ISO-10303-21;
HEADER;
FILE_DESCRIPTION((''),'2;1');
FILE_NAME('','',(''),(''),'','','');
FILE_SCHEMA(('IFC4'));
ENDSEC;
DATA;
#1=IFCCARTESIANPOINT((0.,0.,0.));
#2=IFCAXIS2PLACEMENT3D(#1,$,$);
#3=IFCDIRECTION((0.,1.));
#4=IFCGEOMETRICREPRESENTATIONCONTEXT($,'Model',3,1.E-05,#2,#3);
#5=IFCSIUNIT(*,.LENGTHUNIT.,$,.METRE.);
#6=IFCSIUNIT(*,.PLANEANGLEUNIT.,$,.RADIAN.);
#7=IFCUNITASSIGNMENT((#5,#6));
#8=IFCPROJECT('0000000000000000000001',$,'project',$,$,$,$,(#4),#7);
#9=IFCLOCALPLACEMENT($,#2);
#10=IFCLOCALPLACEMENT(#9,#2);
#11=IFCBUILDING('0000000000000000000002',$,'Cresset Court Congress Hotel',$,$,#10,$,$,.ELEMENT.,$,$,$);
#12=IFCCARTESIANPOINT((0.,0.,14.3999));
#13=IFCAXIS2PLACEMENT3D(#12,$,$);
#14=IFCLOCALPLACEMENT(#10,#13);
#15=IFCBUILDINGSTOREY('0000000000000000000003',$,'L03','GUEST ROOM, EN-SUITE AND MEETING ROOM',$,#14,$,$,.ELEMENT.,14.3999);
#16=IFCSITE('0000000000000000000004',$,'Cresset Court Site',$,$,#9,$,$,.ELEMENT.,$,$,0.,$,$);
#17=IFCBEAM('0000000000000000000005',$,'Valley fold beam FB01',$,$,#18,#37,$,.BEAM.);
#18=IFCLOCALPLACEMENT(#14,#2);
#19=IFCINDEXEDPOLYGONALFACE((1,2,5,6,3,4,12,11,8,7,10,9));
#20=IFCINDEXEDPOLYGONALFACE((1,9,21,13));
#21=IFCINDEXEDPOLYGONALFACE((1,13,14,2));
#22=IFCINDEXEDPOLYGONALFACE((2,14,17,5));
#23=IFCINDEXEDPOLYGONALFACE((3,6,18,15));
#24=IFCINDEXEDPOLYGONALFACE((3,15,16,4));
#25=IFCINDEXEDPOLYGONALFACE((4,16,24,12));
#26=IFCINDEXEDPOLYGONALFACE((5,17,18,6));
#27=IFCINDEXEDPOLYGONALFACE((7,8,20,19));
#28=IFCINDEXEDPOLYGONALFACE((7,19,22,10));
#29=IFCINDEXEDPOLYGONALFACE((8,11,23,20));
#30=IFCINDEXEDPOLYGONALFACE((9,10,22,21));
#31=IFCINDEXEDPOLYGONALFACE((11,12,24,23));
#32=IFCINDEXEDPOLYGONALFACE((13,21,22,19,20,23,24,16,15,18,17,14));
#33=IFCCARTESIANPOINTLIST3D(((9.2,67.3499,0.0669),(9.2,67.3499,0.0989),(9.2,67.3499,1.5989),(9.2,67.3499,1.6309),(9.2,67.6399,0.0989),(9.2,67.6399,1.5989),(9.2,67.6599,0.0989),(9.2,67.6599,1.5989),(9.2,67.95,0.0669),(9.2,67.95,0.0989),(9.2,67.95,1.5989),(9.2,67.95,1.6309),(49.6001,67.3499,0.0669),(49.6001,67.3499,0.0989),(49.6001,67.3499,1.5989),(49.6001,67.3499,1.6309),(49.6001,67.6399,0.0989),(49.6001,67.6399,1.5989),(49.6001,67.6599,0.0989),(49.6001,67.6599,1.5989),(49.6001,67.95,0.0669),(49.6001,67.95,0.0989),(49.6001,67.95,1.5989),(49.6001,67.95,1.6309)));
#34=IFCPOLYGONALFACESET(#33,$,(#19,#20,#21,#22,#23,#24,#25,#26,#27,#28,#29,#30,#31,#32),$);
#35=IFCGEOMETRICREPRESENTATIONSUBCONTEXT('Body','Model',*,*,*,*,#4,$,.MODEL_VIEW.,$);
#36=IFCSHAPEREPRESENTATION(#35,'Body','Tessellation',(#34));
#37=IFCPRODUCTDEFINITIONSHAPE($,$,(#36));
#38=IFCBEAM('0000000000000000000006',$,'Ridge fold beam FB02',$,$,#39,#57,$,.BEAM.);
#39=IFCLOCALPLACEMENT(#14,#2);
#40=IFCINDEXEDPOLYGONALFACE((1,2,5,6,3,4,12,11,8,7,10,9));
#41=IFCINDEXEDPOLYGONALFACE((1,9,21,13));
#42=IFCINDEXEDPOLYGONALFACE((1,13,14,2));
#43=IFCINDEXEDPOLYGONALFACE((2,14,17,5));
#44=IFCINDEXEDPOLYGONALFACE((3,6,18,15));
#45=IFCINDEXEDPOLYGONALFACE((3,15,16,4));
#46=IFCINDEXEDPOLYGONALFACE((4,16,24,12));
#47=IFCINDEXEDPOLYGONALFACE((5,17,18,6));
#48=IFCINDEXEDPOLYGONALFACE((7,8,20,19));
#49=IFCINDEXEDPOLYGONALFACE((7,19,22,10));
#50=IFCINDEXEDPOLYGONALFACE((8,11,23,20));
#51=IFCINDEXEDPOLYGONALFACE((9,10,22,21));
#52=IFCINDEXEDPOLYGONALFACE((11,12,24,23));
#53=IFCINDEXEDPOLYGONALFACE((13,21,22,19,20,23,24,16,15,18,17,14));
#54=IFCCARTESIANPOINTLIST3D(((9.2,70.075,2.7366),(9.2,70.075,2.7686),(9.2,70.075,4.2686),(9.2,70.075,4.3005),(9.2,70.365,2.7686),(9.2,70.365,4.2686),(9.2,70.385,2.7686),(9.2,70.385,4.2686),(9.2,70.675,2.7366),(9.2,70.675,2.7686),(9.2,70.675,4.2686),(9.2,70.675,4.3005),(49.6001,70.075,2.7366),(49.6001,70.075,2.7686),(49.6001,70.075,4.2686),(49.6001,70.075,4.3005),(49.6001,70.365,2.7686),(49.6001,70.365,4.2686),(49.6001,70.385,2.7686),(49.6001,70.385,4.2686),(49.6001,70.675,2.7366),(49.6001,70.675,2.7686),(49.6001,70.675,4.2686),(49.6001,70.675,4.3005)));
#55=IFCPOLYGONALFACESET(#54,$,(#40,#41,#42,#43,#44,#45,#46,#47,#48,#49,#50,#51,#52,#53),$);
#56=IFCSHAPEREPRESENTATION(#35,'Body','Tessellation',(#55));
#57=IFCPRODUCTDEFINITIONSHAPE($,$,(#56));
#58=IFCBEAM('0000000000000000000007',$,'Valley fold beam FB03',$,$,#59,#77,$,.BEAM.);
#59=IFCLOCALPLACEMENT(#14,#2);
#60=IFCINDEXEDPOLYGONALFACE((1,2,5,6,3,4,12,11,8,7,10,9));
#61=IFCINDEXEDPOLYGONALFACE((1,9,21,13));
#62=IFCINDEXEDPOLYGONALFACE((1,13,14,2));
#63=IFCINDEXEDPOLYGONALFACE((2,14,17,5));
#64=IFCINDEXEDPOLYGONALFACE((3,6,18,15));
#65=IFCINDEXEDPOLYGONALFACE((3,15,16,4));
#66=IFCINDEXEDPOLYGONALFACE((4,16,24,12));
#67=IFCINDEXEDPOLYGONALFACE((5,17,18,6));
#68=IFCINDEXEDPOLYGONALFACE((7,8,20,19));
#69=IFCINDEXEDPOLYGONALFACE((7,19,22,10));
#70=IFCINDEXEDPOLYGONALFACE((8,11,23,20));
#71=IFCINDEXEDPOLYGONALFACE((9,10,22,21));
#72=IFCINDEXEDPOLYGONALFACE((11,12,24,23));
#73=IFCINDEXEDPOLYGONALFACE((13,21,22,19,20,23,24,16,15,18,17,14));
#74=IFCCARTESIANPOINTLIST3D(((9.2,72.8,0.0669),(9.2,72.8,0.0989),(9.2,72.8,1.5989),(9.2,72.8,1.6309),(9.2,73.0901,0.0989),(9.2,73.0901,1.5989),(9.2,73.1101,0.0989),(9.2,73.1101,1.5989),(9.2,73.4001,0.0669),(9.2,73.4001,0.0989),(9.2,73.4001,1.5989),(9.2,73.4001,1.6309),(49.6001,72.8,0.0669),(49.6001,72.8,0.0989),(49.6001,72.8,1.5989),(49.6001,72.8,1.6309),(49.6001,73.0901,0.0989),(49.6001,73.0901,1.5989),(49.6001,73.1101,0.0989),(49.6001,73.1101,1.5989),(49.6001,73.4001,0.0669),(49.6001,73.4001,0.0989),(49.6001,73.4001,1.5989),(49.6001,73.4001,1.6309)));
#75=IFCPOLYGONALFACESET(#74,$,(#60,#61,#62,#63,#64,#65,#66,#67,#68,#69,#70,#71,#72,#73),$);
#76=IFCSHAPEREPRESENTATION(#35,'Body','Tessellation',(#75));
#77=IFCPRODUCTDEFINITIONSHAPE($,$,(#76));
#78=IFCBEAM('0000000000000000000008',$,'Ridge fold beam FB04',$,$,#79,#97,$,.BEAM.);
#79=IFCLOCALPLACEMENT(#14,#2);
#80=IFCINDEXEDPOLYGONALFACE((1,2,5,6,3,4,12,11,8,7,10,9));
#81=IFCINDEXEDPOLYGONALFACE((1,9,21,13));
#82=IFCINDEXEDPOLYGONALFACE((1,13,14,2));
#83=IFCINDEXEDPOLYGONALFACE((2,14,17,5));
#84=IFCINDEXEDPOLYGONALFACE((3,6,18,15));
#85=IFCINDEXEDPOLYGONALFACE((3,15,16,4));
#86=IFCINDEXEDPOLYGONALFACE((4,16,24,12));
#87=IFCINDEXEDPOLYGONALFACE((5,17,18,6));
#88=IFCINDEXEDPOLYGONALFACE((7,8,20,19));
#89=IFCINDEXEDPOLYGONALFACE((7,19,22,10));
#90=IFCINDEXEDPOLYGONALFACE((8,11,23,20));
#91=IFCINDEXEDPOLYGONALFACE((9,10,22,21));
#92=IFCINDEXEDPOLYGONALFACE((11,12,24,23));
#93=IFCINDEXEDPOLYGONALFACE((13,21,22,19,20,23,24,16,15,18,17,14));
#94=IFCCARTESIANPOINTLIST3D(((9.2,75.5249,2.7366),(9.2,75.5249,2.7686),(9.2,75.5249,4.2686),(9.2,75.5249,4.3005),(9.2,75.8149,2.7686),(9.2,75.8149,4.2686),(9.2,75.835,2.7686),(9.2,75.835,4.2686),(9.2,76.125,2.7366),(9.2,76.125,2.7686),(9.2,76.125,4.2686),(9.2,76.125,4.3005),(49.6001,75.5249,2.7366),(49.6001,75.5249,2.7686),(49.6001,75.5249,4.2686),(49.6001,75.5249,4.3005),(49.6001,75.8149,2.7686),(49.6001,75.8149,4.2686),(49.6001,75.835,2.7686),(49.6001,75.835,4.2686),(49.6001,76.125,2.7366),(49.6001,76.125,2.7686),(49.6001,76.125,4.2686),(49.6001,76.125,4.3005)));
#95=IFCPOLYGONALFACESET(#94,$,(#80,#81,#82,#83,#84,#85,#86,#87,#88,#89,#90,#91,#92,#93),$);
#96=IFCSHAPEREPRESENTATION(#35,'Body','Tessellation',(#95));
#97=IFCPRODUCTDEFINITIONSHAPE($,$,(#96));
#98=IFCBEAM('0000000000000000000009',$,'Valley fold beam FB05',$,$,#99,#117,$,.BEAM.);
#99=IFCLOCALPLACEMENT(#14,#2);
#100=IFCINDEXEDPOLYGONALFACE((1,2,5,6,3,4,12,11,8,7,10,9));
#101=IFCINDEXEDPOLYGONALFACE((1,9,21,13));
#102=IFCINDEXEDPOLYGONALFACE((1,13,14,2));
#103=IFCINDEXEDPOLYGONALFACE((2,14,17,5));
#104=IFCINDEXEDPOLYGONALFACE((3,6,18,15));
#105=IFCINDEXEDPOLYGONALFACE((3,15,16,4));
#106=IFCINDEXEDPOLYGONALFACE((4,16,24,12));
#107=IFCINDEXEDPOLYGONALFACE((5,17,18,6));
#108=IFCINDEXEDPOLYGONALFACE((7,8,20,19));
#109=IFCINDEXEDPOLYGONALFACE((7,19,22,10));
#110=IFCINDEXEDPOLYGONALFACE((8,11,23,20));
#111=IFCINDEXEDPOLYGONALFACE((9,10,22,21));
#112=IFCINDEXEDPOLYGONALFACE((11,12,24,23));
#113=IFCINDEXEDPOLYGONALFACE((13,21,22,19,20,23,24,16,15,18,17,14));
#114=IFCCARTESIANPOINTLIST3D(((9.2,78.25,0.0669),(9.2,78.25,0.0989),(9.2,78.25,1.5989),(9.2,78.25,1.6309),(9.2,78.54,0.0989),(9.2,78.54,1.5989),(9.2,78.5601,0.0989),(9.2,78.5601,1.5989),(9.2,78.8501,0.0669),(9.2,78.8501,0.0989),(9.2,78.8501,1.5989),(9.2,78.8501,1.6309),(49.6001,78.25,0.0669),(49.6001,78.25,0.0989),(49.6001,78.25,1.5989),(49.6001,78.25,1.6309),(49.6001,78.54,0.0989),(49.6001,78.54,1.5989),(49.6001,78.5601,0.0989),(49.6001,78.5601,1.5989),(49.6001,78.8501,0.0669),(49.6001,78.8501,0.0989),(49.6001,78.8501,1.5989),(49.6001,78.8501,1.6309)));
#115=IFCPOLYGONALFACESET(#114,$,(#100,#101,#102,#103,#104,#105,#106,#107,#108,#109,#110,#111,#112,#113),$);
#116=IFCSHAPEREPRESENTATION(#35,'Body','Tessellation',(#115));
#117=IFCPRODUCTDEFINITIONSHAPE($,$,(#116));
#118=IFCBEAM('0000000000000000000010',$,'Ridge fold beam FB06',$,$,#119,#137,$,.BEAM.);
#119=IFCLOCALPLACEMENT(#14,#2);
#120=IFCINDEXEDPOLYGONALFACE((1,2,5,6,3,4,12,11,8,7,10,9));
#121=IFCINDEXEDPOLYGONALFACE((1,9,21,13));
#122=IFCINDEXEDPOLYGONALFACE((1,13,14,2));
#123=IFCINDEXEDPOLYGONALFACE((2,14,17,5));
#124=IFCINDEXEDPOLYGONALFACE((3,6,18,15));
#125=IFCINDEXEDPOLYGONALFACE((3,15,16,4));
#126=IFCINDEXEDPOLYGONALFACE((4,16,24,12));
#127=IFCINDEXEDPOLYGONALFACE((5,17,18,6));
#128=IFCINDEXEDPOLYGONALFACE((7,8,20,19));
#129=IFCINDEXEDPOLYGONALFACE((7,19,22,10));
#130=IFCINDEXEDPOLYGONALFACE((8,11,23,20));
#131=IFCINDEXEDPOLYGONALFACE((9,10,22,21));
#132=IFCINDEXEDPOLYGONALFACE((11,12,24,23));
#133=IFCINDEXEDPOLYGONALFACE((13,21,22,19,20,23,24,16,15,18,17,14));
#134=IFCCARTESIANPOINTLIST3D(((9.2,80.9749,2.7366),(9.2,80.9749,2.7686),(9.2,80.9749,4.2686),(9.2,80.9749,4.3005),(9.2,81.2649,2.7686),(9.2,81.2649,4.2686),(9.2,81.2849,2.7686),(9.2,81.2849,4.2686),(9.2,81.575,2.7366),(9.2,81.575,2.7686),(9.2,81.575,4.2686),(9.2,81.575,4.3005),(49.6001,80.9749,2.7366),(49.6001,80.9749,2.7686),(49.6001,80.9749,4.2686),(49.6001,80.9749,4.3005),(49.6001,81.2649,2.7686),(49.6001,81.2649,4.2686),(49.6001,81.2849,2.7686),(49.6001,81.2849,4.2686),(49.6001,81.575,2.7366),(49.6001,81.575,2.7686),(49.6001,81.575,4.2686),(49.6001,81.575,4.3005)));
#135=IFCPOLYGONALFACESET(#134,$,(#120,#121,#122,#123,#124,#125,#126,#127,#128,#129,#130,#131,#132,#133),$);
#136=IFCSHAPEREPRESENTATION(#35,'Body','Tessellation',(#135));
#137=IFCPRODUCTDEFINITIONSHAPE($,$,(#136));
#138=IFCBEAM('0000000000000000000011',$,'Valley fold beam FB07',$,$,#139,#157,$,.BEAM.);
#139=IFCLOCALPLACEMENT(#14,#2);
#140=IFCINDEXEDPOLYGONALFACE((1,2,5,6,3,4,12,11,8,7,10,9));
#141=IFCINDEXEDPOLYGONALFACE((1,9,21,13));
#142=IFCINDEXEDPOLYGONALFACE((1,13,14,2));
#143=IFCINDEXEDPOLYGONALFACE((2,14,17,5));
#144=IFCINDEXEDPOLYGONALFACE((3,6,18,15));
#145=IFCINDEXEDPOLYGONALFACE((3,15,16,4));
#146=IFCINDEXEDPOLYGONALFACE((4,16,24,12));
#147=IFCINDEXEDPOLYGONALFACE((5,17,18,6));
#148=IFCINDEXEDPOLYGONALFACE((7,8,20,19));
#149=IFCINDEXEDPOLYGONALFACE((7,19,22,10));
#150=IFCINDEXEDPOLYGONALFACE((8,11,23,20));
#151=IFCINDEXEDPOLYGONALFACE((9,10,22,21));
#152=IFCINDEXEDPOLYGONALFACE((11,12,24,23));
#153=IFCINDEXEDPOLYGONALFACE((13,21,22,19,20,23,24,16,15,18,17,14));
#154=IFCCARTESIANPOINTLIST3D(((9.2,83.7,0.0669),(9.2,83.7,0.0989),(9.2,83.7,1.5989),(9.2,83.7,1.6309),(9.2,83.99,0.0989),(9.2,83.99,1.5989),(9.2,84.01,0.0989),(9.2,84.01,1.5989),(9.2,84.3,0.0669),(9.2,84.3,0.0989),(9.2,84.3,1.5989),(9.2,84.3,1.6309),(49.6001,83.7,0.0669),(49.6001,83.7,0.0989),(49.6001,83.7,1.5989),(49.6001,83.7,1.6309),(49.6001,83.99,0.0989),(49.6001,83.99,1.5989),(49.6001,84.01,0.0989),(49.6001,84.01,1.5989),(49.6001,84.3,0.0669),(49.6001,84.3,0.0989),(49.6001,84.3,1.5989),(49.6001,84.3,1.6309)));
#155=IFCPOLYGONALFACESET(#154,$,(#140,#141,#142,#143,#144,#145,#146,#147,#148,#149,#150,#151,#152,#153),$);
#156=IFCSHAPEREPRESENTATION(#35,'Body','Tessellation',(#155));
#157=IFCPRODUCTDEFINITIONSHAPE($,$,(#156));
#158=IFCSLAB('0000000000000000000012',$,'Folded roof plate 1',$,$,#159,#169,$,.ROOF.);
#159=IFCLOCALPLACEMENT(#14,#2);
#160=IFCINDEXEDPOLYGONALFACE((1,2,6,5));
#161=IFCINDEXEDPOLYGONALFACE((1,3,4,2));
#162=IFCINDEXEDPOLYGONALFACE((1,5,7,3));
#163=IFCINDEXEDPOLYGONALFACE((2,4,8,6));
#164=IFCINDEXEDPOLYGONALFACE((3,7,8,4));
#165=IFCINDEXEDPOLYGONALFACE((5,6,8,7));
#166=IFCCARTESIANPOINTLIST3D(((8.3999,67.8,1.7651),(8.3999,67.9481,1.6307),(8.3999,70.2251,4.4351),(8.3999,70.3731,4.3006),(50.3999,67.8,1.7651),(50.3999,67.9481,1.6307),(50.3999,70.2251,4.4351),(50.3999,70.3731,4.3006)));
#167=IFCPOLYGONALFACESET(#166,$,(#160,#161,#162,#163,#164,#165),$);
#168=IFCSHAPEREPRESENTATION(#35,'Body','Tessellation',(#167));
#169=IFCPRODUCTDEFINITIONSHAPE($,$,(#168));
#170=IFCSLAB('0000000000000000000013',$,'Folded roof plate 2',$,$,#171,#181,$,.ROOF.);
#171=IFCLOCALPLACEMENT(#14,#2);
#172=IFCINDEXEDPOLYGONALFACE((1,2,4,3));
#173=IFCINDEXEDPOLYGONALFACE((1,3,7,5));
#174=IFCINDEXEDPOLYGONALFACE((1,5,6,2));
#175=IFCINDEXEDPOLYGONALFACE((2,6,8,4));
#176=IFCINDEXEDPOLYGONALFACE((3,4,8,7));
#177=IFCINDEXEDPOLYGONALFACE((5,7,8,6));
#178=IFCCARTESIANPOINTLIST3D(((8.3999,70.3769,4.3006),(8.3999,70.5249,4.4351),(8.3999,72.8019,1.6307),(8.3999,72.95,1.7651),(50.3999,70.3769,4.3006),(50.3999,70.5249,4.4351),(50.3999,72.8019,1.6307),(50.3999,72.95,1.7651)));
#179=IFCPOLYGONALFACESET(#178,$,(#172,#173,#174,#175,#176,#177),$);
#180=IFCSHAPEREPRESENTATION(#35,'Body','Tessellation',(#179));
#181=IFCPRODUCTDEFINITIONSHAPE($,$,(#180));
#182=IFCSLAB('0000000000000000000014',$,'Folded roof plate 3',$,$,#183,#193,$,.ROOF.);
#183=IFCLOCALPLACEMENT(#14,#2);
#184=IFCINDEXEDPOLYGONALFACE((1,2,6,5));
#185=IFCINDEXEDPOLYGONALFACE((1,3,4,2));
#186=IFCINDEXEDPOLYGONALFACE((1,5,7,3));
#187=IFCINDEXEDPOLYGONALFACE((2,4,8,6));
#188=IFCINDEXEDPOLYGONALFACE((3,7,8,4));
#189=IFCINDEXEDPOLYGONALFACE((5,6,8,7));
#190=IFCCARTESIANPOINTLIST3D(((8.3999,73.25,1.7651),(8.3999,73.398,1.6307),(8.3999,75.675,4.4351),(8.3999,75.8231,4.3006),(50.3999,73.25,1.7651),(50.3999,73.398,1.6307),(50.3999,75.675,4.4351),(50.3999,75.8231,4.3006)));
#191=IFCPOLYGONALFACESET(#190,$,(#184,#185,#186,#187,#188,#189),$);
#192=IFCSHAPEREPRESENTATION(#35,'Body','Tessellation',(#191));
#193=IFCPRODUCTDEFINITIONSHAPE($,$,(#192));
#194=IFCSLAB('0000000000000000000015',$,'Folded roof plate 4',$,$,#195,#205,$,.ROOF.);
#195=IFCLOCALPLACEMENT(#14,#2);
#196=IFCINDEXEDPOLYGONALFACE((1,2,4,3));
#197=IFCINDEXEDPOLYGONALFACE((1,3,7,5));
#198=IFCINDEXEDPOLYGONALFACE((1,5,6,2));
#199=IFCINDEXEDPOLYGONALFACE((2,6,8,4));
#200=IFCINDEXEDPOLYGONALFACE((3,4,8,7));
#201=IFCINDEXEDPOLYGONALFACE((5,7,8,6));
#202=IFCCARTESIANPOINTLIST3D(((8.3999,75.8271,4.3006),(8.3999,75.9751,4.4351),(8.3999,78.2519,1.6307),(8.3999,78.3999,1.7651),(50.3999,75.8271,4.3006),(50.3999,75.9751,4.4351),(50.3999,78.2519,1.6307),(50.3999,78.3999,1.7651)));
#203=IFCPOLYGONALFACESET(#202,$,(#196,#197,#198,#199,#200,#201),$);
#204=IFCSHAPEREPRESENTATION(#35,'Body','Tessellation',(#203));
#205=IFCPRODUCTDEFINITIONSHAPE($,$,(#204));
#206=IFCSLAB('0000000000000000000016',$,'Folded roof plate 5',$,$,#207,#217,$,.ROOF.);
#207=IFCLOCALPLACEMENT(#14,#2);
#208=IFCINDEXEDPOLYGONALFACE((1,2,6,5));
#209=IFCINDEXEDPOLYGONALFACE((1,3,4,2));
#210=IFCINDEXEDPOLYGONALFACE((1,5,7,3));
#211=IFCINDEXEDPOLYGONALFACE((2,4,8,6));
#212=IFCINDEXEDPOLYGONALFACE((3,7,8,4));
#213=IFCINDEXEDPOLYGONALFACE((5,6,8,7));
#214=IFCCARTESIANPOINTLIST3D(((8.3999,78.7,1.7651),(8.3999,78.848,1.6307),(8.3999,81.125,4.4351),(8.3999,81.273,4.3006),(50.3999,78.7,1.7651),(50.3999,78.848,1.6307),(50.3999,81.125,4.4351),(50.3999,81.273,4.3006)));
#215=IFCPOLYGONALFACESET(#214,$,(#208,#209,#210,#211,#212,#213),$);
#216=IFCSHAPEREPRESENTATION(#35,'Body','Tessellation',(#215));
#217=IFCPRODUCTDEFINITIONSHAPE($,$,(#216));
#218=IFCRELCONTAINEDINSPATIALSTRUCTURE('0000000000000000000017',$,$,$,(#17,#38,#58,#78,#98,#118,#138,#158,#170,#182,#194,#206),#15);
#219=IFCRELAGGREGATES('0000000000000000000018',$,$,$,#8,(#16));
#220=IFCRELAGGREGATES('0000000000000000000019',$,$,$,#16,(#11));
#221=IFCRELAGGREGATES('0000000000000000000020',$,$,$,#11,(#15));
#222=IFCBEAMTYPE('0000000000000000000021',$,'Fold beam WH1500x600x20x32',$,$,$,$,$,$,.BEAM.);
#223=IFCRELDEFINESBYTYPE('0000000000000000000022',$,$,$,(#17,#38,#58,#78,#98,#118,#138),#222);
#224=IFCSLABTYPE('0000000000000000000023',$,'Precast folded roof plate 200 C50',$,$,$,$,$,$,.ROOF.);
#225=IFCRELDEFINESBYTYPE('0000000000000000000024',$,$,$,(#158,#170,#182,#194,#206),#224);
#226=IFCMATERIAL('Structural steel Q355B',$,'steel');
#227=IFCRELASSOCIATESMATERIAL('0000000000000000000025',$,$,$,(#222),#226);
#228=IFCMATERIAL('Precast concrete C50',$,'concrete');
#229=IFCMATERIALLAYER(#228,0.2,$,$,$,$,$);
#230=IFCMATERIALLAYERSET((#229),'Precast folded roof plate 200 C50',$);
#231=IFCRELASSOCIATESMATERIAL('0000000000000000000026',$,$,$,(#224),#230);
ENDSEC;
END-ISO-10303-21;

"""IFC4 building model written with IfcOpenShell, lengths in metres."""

from ifc_helpers import new_model, si_unit, direction, frame, origin, origin_2d, place, context, subcontext, project, spatial, polyline, i_section, outline, extrude, material, layer, layer_set, material_profile, profile_set, type_object, element, save


model = new_model("IFC4")

# Units and contexts
model_context = context("Model", 3, precision=1e-05, world=origin(), true_north=direction((0.0, 1.0)))
body_context = subcontext(model_context, "Body", "Model", "MODEL_VIEW")
ifc_project = project(units=[si_unit("LENGTHUNIT", "METRE"), si_unit("PLANEANGLEUNIT", "RADIAN")], contexts=[model_context])

# Site, building, storey
site_placement = place(None, origin())
site = spatial("IfcSite", under=ifc_project, at=site_placement, Name="Cresset Court Site", CompositionType="ELEMENT", RefElevation=0.0)
building_placement = place(site_placement, origin())
building = spatial("IfcBuilding", under=site, at=building_placement, Name="Cresset Court Congress Hotel", CompositionType="ELEMENT")
storey_placement = place(building_placement, frame((0.0, 0.0, 14.3999)))
storey = spatial("IfcBuildingStorey", under=building, at=storey_placement, Name="L03", Description="GUEST ROOM, EN-SUITE AND MEETING ROOM", CompositionType="ELEMENT", Elevation=14.3999)

# Beams
ifc_material_1 = material(Name="Structural steel Q355B", Category="steel")
ifc_material_profile = material_profile(ifc_material_1, i_section(OverallWidth=0.6001, OverallDepth=1.564, WebThickness=0.02, FlangeThickness=0.032, at=origin_2d()), Name="WH1500x600x20x32")
ifc_profile_set = profile_set([ifc_material_profile], Name="Structural steel Q355B")
beam_type = type_object("IfcBeamType", Name="Fold beam WH1500x600x20x32", PredefinedType="BEAM", material=ifc_profile_set)
for number, where, z_axis, x_axis, name in (
    (1, (9.2, 67.6499, 0.8489), (1.0, 0.0, 0.0), (0.0, 1.0, 0.0), "Valley fold beam FB01"),
    (2, (9.2, 70.375, 3.5186), (1.0, 0.0, 0.0), (0.0, 1.0, 0.0), "Ridge fold beam FB02"),
    (3, (9.2, 73.1001, 0.8489), (1.0, 0.0, 0.0), (0.0, 1.0, 0.0), "Valley fold beam FB03"),
    (4, (9.2, 75.825, 3.5186), (1.0, 0.0, 0.0), (0.0, 1.0, 0.0), "Ridge fold beam FB04"),
    (5, (9.2, 78.55, 0.8489), (1.0, 0.0, 0.0), (0.0, 1.0, 0.0), "Valley fold beam FB05"),
    (6, (9.2, 81.2749, 3.5186), (1.0, 0.0, 0.0), (0.0, 1.0, 0.0), "Ridge fold beam FB06"),
    (7, (9.2, 84.0, 0.8489), (1.0, 0.0, 0.0), (0.0, 1.0, 0.0), "Valley fold beam FB07"),
):
    element("IfcBeam", number, at=place(storey_placement, frame(where, z_axis=z_axis, x_axis=x_axis)), inside=storey, type_object=beam_type, Name=name, PredefinedType="BEAM", context=body_context, shape_type="SweptSolid", body=[
        extrude(i_section(OverallWidth=0.6001, OverallDepth=1.564, WebThickness=0.02, FlangeThickness=0.032, at=origin_2d()), origin(), (0.0, 0.0, 1.0), 40.4001),
    ])

# Slabs
ifc_material_2 = material(Name="Precast concrete C50", Category="concrete")
ifc_layer_1 = layer(ifc_material_2, 0.2)
ifc_layer_set_1 = layer_set([ifc_layer_1], Name="Precast folded roof plate 200 C50")
slab_type = type_object("IfcSlabType", Name="Precast folded roof plate 200 C50", PredefinedType="ROOF", material=ifc_layer_set_1)
for number, where, z_axis, x_axis, name in (
    (8, (8.3999, 67.8, 1.7651), (0.0, -0.740237, 0.672346), (1.0, 0.0, 0.0), "Folded roof plate 1"),
    (9, (8.3999, 70.5249, 4.4351), (0.0, 0.740237, 0.672346), (1.0, 0.0, 0.0), "Folded roof plate 2"),
    (10, (8.3999, 73.25, 1.7651), (0.0, -0.740237, 0.672346), (1.0, 0.0, 0.0), "Folded roof plate 3"),
):
    element("IfcSlab", number, at=place(storey_placement, frame(where, z_axis=z_axis, x_axis=x_axis)), inside=storey, type_object=slab_type, Name=name, PredefinedType="ROOF", context=body_context, shape_type="SweptSolid", body=[
        extrude(outline(polyline([(0.0, 0.0), (42.0, 0.0), (42.0, 3.6068), (0.0, 3.6068), (0.0, 0.0)])), origin(), (0.0, 0.0, -1.0), 0.2),
    ])
slab_placement = place(storey_placement, frame((8.3999, 75.9751, 4.4351), z_axis=(0.0, 0.740271, 0.672309), x_axis=(1.0, 0.0, 0.0)))
element("IfcSlab", 11, at=slab_placement, inside=storey, type_object=slab_type, Name="Folded roof plate 4", PredefinedType="ROOF", context=body_context, shape_type="SweptSolid", body=[
    extrude(outline(polyline([(0.0, 0.0), (42.0, 0.0), (42.0, 3.6067), (0.0, 3.6067), (0.0, 0.0)])), origin(), (0.0, 0.0, -1.0), 0.2),
])
for number, where, z_axis, x_axis, name in (
    (12, (8.3999, 78.7, 1.7651), (0.0, -0.740237, 0.672346), (1.0, 0.0, 0.0), "Folded roof plate 5"),
):
    element("IfcSlab", number, at=place(storey_placement, frame(where, z_axis=z_axis, x_axis=x_axis)), inside=storey, type_object=slab_type, Name=name, PredefinedType="ROOF", context=body_context, shape_type="SweptSolid", body=[
        extrude(outline(polyline([(0.0, 0.0), (42.0, 0.0), (42.0, 3.6068), (0.0, 3.6068), (0.0, 0.0)])), origin(), (0.0, 0.0, -1.0), 0.2),
    ])

save(model, "model.ifc")
